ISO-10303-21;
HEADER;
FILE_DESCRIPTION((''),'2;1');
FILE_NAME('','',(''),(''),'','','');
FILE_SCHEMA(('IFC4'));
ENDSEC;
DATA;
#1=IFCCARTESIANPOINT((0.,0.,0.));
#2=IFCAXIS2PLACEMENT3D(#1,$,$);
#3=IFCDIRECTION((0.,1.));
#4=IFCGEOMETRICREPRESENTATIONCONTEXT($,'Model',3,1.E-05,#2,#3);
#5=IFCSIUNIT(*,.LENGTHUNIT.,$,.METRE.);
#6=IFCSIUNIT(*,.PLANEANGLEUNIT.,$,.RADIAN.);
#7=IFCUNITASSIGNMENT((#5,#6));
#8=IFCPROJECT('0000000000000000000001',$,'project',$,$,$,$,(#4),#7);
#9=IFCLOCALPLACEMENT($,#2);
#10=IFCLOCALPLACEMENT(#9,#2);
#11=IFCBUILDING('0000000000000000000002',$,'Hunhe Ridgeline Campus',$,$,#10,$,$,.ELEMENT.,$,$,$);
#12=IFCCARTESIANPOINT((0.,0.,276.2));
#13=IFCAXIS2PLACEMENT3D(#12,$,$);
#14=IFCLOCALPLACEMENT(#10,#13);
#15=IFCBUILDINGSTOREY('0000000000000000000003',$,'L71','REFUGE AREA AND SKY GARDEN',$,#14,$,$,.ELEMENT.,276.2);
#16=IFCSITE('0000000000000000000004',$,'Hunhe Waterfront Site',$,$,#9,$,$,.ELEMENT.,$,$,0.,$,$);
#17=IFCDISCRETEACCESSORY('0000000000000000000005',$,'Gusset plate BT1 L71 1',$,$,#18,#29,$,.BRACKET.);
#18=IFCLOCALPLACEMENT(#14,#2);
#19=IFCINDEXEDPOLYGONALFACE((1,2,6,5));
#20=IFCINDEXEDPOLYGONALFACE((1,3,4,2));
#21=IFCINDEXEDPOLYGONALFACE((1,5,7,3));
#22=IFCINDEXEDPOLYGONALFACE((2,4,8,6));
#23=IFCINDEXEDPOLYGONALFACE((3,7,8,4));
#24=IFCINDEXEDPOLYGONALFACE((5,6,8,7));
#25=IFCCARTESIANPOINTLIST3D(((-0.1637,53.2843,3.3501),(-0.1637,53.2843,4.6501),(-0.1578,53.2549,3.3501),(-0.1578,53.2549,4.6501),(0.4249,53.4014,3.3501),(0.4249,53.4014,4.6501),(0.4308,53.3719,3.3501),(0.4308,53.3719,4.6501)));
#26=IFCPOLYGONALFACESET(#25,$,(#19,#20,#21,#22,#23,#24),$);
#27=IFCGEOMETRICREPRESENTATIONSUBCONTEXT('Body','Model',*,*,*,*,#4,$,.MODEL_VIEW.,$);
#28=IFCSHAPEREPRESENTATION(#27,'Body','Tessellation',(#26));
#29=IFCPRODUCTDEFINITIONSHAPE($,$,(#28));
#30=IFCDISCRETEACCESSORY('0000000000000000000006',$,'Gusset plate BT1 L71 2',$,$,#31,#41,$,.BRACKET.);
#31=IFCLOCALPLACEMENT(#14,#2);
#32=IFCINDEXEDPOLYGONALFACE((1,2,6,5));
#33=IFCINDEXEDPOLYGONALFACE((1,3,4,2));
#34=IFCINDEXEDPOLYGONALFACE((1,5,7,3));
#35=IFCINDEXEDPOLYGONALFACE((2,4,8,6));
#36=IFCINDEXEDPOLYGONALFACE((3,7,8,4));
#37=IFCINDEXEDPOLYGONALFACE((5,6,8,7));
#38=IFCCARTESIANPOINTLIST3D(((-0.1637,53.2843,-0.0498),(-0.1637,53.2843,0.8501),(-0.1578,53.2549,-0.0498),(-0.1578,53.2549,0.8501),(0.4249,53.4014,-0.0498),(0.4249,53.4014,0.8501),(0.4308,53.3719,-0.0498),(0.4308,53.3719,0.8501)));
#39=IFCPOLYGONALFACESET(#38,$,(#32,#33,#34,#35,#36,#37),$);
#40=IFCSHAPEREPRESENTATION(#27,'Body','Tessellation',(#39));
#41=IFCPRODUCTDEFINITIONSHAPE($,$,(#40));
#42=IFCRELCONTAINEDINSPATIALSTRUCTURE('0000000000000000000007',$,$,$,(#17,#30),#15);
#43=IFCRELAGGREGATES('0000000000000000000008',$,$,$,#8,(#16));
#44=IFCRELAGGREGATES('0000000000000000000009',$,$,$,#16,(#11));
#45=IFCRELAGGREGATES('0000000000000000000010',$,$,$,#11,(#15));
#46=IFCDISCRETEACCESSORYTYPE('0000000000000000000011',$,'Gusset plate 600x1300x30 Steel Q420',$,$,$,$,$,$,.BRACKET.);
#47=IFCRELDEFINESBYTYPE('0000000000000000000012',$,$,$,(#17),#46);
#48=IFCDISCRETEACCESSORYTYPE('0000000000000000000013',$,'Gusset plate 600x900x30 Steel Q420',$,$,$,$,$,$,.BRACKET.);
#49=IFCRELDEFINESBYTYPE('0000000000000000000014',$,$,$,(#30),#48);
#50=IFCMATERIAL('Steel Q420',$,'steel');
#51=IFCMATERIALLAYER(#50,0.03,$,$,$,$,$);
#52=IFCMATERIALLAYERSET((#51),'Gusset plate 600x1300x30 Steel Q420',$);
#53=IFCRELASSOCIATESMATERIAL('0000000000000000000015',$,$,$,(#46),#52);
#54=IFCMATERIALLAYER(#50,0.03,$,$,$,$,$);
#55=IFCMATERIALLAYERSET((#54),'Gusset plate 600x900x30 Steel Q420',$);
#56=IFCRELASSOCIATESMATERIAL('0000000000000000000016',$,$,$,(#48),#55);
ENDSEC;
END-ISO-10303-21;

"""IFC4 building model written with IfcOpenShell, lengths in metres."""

from ifc_helpers import new_model, si_unit, direction, frame, origin, origin_2d, place, context, subcontext, project, spatial, rectangle, extrude, material, layer, layer_set, type_object, element, save


model = new_model("IFC4")

# Units and contexts
model_context = context("Model", 3, precision=1e-05, world=origin(), true_north=direction((0.0, 1.0)))
body_context = subcontext(model_context, "Body", "Model", "MODEL_VIEW")
ifc_project = project(units=[si_unit("LENGTHUNIT", "METRE"), si_unit("PLANEANGLEUNIT", "RADIAN")], contexts=[model_context])

# Site, building, storey
site_placement = place(None, origin())
site = spatial("IfcSite", under=ifc_project, at=site_placement, Name="Hunhe Waterfront Site", CompositionType="ELEMENT", RefElevation=0.0)
building_placement = place(site_placement, origin())
building = spatial("IfcBuilding", under=site, at=building_placement, Name="Hunhe Ridgeline Campus", CompositionType="ELEMENT")
storey_placement = place(building_placement, frame((0.0, 0.0, 276.2)))
storey = spatial("IfcBuildingStorey", under=building, at=storey_placement, Name="L71", Description="REFUGE AREA AND SKY GARDEN", CompositionType="ELEMENT", Elevation=276.2)

# Shared definitions
ifc_material_1 = material(Name="Steel Q420", Category="steel")

# Discrete accessories
ifc_layer_1 = layer(ifc_material_1, 0.03)
ifc_layer_set_1 = layer_set([ifc_layer_1], Name="Gusset plate 600x1300x30 Steel Q420")
discrete_accessory_type_1 = type_object("IfcDiscreteAccessoryType", Name="Gusset plate 600x1300x30 Steel Q420", PredefinedType="BRACKET", material=ifc_layer_set_1)
discrete_accessory_1_placement = place(storey_placement, frame((0.1335, 53.3281, 3.3501), z_axis=(0.0, 0.0, 1.0), x_axis=(-0.19509, 0.980785, 0.0)))
element("IfcDiscreteAccessory", 1, at=discrete_accessory_1_placement, inside=storey, type_object=discrete_accessory_type_1, Name="Gusset plate BT1 L71 1", PredefinedType="BRACKET", context=body_context, shape_type="SweptSolid", body=[
    extrude(rectangle(XDim=0.03, YDim=0.6001, at=origin_2d()), origin(), (0.0, 0.0, 1.0), 1.3),
])
ifc_layer_2 = layer(ifc_material_1, 0.03)
ifc_layer_set_2 = layer_set([ifc_layer_2], Name="Gusset plate 600x900x30 Steel Q420")
discrete_accessory_type_2 = type_object("IfcDiscreteAccessoryType", Name="Gusset plate 600x900x30 Steel Q420", PredefinedType="BRACKET", material=ifc_layer_set_2)
discrete_accessory_2_placement = place(storey_placement, frame((0.1335, 53.3281, -0.0498), z_axis=(0.0, 0.0, 1.0), x_axis=(-0.19509, 0.980785, 0.0)))
element("IfcDiscreteAccessory", 2, at=discrete_accessory_2_placement, inside=storey, type_object=discrete_accessory_type_2, Name="Gusset plate BT1 L71 2", PredefinedType="BRACKET", context=body_context, shape_type="SweptSolid", body=[
    extrude(rectangle(XDim=0.03, YDim=0.6001, at=origin_2d()), origin(), (0.0, 0.0, 1.0), 0.8999),
])

save(model, "model.ifc")
